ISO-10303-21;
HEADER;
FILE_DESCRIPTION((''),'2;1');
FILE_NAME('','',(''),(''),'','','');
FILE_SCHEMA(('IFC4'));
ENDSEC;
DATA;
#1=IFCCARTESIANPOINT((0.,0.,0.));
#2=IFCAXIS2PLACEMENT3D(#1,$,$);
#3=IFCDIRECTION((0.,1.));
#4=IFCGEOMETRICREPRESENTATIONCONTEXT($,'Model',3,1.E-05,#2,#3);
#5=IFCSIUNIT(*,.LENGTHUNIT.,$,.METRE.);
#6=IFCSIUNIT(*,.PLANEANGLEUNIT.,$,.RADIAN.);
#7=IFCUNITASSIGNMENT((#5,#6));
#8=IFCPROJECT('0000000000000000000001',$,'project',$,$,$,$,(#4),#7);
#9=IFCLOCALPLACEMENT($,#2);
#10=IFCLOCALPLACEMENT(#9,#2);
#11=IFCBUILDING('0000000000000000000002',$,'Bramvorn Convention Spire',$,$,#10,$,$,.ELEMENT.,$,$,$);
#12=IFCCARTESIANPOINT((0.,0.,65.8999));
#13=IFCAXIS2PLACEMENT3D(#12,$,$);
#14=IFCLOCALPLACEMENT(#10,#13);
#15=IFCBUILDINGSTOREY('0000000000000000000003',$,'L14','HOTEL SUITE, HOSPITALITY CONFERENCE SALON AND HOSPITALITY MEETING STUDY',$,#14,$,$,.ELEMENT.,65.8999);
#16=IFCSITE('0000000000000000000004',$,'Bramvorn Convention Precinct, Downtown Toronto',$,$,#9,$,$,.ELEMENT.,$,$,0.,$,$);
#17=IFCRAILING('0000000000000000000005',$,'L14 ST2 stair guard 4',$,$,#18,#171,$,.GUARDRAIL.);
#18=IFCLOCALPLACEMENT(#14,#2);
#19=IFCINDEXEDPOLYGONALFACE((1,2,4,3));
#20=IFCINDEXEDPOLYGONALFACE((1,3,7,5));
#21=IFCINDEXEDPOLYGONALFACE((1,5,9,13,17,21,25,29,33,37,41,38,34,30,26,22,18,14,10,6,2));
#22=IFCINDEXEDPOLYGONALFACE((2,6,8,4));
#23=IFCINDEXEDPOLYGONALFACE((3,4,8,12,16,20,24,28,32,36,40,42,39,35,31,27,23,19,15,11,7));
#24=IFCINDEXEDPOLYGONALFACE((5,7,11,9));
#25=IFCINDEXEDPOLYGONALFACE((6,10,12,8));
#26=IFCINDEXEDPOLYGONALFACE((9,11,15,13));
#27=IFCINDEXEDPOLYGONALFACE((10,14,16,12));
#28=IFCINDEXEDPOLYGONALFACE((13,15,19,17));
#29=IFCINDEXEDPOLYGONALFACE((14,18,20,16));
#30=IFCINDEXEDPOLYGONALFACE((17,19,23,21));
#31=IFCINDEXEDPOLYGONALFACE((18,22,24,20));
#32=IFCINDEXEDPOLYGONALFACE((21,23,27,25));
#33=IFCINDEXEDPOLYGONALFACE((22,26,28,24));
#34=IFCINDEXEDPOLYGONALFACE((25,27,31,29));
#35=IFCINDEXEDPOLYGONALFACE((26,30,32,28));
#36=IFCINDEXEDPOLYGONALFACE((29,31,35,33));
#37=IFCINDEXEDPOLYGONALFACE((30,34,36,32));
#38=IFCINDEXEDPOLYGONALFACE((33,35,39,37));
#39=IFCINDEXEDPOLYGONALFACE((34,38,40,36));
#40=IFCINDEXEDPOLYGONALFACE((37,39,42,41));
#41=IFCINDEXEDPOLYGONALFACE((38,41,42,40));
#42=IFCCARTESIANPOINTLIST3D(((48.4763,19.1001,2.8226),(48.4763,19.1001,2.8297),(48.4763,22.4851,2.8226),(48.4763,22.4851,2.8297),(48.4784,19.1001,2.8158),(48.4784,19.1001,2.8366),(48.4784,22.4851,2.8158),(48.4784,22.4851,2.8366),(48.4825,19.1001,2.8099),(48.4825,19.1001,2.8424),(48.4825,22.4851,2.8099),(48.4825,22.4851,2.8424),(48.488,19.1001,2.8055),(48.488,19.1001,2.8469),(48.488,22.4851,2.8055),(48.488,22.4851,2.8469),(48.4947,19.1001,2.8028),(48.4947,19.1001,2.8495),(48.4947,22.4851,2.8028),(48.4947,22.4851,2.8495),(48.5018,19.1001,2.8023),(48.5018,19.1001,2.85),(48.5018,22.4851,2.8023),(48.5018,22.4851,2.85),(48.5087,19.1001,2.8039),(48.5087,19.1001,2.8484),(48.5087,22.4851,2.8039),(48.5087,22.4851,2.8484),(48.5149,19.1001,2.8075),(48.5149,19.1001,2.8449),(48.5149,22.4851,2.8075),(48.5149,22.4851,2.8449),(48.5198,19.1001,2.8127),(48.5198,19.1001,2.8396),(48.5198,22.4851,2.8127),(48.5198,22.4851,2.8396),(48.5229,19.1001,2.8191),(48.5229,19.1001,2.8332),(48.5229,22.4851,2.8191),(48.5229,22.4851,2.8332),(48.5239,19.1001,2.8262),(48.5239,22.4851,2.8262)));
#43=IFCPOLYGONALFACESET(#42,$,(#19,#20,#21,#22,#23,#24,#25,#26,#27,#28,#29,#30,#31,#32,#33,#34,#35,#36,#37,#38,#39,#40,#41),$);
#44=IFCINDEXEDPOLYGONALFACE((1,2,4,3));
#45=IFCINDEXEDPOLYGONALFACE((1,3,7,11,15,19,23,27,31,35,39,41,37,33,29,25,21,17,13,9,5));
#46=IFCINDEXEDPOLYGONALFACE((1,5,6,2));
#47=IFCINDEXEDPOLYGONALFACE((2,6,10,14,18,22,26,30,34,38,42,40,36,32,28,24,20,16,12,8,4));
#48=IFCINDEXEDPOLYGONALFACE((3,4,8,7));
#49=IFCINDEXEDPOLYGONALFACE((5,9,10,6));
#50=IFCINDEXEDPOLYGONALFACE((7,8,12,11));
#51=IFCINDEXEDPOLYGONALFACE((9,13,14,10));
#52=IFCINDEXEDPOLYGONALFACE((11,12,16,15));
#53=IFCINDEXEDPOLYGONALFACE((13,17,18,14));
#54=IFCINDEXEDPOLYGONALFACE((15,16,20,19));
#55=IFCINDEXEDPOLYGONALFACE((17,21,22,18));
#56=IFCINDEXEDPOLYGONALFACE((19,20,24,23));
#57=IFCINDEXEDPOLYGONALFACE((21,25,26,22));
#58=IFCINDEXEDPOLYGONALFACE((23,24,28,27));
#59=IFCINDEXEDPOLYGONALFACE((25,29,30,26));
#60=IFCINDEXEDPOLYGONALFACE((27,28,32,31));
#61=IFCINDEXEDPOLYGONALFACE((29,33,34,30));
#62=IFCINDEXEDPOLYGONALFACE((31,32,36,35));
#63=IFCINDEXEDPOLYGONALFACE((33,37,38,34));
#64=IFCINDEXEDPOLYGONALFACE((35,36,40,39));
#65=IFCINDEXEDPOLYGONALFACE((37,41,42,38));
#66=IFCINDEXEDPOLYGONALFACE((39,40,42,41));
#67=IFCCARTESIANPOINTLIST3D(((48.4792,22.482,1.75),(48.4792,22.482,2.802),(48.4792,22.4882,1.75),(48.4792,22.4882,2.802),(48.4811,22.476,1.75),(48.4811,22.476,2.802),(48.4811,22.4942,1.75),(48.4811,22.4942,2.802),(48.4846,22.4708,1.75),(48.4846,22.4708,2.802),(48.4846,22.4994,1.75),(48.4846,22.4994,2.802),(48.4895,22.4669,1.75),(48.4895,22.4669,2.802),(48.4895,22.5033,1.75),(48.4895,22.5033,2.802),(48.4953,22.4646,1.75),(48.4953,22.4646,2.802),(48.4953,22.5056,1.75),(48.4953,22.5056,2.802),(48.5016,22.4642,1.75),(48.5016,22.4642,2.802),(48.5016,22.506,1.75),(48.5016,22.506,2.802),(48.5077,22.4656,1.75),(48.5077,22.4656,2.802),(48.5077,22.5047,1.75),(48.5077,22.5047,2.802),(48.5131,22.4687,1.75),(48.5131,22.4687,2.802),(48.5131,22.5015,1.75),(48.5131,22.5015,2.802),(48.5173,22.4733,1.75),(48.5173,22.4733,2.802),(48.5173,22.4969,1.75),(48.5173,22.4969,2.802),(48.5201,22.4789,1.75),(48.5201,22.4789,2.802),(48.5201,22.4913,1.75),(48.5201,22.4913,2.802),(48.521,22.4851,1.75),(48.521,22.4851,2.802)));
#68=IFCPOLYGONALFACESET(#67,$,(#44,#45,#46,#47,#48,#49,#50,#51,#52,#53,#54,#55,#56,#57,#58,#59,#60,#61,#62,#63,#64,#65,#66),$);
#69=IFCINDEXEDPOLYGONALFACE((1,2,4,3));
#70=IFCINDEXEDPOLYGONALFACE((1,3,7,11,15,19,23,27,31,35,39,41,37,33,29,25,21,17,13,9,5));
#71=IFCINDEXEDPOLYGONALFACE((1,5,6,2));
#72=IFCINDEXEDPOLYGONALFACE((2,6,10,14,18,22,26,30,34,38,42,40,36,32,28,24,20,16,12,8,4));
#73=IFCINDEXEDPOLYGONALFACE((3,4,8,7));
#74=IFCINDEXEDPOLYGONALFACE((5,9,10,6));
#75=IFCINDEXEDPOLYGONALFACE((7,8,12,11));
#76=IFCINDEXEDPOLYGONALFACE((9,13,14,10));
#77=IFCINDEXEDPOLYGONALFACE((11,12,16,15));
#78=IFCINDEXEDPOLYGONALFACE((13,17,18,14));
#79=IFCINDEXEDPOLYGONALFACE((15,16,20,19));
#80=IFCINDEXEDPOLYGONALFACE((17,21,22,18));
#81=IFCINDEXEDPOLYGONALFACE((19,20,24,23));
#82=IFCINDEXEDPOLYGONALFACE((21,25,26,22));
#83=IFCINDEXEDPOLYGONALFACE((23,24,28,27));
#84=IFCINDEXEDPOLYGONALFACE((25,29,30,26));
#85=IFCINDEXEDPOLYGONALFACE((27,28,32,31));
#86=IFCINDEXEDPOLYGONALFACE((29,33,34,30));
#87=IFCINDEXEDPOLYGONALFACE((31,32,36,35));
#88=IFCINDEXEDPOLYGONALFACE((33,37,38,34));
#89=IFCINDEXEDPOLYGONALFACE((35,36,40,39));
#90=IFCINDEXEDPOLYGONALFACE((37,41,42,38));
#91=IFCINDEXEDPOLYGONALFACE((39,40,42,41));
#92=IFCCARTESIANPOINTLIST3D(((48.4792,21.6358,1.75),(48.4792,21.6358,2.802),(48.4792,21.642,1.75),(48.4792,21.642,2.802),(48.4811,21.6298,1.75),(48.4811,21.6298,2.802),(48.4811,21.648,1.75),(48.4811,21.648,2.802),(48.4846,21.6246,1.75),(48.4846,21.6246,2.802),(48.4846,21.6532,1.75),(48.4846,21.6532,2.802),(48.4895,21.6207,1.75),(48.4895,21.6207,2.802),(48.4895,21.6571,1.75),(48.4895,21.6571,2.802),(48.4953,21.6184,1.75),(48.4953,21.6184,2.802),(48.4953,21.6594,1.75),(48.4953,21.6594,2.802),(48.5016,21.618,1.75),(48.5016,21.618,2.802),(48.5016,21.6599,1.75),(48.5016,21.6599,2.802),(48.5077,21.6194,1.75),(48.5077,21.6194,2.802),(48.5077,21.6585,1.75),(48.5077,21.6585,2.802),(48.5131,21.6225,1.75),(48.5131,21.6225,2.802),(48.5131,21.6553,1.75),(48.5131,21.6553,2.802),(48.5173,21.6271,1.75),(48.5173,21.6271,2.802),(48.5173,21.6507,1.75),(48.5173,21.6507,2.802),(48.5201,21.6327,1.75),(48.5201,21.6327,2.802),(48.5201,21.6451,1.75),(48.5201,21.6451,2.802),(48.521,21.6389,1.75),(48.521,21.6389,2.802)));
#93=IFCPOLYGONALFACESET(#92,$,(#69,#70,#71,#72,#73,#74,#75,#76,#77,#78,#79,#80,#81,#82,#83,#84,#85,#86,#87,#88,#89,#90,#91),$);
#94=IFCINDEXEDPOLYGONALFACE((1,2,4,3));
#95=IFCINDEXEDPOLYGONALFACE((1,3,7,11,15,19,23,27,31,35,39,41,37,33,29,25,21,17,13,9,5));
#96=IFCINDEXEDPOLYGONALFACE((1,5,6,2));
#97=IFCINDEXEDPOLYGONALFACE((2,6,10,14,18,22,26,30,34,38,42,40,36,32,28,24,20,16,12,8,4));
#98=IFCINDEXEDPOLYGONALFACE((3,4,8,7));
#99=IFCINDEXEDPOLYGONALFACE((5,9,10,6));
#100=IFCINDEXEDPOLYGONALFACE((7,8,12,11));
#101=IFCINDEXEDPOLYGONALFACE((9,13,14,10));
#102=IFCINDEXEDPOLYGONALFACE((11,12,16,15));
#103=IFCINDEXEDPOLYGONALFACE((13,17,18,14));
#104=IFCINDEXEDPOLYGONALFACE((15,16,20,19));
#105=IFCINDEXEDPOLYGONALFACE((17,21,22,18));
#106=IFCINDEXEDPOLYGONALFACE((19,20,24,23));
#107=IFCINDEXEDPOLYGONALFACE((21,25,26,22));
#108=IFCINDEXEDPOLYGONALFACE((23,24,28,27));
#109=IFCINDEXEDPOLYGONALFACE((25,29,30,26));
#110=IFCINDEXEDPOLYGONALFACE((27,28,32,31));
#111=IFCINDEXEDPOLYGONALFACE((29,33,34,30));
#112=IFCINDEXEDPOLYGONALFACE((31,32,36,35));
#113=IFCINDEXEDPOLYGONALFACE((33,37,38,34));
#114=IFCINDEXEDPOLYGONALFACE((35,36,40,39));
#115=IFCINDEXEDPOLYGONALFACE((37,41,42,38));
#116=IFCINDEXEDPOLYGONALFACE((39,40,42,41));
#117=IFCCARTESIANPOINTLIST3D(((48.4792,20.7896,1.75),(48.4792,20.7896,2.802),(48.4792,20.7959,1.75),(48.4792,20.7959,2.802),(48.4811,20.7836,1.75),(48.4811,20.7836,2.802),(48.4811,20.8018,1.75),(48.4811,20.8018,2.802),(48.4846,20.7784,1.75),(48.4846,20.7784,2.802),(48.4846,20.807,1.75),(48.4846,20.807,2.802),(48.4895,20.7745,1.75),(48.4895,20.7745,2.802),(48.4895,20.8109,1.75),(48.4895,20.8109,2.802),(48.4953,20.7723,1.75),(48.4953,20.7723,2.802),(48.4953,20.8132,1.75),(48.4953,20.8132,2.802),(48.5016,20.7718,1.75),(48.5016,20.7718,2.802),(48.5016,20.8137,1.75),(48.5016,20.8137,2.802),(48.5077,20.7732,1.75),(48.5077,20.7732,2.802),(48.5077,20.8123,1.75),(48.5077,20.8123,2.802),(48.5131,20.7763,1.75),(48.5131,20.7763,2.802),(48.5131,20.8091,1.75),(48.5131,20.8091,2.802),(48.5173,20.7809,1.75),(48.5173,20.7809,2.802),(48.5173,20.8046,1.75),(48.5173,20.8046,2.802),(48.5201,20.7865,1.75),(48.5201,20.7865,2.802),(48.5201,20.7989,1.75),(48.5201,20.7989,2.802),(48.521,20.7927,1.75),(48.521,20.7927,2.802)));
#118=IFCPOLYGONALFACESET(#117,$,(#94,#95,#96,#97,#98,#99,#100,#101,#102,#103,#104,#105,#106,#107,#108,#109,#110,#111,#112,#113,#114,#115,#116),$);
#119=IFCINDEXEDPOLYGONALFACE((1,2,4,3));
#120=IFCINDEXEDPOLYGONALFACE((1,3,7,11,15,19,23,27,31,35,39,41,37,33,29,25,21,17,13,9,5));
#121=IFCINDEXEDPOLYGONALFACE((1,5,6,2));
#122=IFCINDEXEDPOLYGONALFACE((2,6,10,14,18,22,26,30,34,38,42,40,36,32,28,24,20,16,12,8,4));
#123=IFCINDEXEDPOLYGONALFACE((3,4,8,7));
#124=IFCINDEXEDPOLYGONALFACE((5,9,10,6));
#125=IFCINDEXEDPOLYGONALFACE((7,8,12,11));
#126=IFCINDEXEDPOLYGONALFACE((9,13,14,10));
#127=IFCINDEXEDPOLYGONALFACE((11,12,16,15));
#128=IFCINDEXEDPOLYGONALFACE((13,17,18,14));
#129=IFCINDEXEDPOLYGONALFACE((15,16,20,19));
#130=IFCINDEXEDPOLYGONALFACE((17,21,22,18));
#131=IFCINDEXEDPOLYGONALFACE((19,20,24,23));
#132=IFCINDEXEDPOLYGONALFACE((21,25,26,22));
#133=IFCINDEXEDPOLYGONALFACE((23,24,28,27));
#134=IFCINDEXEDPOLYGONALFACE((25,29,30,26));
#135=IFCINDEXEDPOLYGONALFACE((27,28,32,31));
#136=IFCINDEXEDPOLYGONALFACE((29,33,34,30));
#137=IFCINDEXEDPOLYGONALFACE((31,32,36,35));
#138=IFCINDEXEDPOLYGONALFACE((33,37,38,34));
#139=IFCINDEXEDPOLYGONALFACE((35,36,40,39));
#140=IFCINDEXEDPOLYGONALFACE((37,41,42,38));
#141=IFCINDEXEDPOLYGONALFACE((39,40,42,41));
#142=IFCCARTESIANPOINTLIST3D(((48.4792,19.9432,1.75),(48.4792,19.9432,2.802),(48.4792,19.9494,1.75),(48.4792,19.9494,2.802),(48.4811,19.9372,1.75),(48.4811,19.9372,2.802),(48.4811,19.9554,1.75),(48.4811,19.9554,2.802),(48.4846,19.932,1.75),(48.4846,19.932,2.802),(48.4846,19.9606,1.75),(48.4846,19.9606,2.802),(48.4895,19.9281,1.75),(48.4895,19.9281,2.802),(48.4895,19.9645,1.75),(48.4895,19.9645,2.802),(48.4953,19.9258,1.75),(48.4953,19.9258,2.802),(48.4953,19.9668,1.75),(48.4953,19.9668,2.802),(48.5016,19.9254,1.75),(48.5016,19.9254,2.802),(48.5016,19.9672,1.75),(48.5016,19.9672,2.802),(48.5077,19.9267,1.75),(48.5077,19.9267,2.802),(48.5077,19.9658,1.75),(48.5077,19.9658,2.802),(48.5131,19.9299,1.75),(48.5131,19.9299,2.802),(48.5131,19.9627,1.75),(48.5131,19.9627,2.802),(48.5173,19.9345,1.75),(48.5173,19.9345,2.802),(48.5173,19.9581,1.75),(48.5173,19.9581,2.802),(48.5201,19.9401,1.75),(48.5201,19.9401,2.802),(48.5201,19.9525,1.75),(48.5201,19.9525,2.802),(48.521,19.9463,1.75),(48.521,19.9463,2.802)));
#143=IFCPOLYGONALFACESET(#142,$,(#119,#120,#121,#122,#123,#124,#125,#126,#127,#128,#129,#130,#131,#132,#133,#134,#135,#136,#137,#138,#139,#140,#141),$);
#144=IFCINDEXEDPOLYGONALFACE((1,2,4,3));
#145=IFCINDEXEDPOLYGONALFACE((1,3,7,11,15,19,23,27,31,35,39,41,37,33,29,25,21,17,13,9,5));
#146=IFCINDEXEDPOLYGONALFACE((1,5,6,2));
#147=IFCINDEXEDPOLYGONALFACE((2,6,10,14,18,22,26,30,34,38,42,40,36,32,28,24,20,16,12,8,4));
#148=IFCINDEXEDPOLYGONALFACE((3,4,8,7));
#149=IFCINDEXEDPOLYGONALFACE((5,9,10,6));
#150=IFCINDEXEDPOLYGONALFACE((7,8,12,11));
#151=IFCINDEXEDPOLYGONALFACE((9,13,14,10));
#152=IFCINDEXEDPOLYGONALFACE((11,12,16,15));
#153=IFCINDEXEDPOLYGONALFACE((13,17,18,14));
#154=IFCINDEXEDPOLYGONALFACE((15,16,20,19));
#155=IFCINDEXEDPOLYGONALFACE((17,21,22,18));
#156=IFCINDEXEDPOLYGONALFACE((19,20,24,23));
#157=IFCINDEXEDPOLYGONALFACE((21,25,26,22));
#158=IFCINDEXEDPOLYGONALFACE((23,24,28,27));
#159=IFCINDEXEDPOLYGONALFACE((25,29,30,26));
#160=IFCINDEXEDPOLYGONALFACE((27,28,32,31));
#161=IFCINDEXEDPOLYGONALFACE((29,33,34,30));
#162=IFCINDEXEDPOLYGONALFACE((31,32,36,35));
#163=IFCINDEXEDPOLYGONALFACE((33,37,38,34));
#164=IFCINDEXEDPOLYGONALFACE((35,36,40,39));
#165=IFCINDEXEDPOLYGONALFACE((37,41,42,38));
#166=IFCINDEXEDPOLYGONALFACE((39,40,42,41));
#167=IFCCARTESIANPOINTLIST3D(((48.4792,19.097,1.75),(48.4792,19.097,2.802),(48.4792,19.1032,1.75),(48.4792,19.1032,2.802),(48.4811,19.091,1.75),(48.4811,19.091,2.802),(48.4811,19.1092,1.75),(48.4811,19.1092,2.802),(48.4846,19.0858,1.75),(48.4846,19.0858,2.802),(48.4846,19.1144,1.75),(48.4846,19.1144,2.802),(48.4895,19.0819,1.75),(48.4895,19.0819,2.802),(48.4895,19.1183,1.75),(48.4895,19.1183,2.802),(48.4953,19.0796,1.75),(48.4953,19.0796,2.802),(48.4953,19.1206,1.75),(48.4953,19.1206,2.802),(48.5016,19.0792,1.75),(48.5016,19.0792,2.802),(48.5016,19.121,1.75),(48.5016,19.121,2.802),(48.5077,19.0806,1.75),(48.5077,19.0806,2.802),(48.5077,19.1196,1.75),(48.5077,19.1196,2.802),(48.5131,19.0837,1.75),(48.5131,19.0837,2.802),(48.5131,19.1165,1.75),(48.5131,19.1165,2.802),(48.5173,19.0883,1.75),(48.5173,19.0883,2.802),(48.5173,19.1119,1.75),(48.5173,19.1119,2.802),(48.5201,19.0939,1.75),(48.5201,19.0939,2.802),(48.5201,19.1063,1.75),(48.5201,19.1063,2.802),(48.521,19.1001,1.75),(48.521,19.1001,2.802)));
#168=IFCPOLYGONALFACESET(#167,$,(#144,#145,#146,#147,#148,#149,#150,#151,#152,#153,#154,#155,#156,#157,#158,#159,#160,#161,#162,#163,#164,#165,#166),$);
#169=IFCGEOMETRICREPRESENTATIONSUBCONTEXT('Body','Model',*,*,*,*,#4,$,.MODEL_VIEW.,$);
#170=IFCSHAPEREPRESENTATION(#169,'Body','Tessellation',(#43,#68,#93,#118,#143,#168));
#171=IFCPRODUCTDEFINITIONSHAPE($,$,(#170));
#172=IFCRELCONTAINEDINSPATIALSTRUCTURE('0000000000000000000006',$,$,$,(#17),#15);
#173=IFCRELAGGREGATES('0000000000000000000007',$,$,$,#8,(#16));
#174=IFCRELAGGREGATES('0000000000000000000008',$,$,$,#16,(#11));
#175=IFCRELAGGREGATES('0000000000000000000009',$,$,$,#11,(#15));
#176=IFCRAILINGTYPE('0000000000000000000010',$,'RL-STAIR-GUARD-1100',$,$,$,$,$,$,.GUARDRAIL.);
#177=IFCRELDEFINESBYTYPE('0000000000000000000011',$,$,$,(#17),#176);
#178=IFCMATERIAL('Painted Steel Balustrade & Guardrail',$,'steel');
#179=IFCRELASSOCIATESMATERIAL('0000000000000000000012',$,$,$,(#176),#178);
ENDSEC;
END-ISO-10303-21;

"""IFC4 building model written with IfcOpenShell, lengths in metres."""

from ifc_helpers import new_model, si_unit, direction, frame, origin, origin_2d, place, context, subcontext, project, spatial, circle, extrude, material, type_object, element, save


model = new_model("IFC4")

# Units and contexts
model_context = context("Model", 3, precision=1e-05, world=origin(), true_north=direction((0.0, 1.0)))
body_context = subcontext(model_context, "Body", "Model", "MODEL_VIEW")
ifc_project = project(units=[si_unit("LENGTHUNIT", "METRE"), si_unit("PLANEANGLEUNIT", "RADIAN")], contexts=[model_context])

# Site, building, storey
site_placement = place(None, origin())
site = spatial("IfcSite", under=ifc_project, at=site_placement, Name="Bramvorn Convention Precinct, Downtown Toronto", CompositionType="ELEMENT", RefElevation=0.0)
building_placement = place(site_placement, origin())
building = spatial("IfcBuilding", under=site, at=building_placement, Name="Bramvorn Convention Spire", CompositionType="ELEMENT")
storey_placement = place(building_placement, frame((0.0, 0.0, 65.8999)))
storey = spatial("IfcBuildingStorey", under=building, at=storey_placement, Name="L14", Description="HOTEL SUITE, HOSPITALITY CONFERENCE SALON AND HOSPITALITY MEETING STUDY", CompositionType="ELEMENT", Elevation=65.8999)

# Railing
ifc_material_1 = material(Name="Painted Steel Balustrade & Guardrail", Category="steel")
railing_type_1 = type_object("IfcRailingType", Name="RL-STAIR-GUARD-1100", PredefinedType="GUARDRAIL", material=ifc_material_1)
railing_1_placement = place(storey_placement, frame((48.5, 22.4851, 1.75)))
element("IfcRailing", 1, at=railing_1_placement, inside=storey, type_object=railing_type_1, Name="L14 ST2 stair guard 4", PredefinedType="GUARDRAIL", context=body_context, shape_type="SweptSolid", body=[
    extrude(circle(Radius=0.0239, at=origin_2d()), frame((0.0, 0.0, 1.0762), z_axis=(0.0, -1.0, 0.0), x_axis=(1.0, 0.0, 0.0)), (0.0, 0.0, 1.0), 3.385),
    extrude(circle(Radius=0.021, at=origin_2d()), origin(), (0.0, 0.0, 1.0), 1.052),
    extrude(circle(Radius=0.021, at=origin_2d()), frame((0.0, -0.8462, 0.0)), (0.0, 0.0, 1.0), 1.052),
    extrude(circle(Radius=0.021, at=origin_2d()), frame((0.0, -1.6924, 0.0)), (0.0, 0.0, 1.0), 1.052),
    extrude(circle(Radius=0.021, at=origin_2d()), frame((0.0, -2.5388, 0.0)), (0.0, 0.0, 1.0), 1.052),
    extrude(circle(Radius=0.021, at=origin_2d()), frame((0.0, -3.385, 0.0)), (0.0, 0.0, 1.0), 1.052),
])

save(model, "model.ifc")
